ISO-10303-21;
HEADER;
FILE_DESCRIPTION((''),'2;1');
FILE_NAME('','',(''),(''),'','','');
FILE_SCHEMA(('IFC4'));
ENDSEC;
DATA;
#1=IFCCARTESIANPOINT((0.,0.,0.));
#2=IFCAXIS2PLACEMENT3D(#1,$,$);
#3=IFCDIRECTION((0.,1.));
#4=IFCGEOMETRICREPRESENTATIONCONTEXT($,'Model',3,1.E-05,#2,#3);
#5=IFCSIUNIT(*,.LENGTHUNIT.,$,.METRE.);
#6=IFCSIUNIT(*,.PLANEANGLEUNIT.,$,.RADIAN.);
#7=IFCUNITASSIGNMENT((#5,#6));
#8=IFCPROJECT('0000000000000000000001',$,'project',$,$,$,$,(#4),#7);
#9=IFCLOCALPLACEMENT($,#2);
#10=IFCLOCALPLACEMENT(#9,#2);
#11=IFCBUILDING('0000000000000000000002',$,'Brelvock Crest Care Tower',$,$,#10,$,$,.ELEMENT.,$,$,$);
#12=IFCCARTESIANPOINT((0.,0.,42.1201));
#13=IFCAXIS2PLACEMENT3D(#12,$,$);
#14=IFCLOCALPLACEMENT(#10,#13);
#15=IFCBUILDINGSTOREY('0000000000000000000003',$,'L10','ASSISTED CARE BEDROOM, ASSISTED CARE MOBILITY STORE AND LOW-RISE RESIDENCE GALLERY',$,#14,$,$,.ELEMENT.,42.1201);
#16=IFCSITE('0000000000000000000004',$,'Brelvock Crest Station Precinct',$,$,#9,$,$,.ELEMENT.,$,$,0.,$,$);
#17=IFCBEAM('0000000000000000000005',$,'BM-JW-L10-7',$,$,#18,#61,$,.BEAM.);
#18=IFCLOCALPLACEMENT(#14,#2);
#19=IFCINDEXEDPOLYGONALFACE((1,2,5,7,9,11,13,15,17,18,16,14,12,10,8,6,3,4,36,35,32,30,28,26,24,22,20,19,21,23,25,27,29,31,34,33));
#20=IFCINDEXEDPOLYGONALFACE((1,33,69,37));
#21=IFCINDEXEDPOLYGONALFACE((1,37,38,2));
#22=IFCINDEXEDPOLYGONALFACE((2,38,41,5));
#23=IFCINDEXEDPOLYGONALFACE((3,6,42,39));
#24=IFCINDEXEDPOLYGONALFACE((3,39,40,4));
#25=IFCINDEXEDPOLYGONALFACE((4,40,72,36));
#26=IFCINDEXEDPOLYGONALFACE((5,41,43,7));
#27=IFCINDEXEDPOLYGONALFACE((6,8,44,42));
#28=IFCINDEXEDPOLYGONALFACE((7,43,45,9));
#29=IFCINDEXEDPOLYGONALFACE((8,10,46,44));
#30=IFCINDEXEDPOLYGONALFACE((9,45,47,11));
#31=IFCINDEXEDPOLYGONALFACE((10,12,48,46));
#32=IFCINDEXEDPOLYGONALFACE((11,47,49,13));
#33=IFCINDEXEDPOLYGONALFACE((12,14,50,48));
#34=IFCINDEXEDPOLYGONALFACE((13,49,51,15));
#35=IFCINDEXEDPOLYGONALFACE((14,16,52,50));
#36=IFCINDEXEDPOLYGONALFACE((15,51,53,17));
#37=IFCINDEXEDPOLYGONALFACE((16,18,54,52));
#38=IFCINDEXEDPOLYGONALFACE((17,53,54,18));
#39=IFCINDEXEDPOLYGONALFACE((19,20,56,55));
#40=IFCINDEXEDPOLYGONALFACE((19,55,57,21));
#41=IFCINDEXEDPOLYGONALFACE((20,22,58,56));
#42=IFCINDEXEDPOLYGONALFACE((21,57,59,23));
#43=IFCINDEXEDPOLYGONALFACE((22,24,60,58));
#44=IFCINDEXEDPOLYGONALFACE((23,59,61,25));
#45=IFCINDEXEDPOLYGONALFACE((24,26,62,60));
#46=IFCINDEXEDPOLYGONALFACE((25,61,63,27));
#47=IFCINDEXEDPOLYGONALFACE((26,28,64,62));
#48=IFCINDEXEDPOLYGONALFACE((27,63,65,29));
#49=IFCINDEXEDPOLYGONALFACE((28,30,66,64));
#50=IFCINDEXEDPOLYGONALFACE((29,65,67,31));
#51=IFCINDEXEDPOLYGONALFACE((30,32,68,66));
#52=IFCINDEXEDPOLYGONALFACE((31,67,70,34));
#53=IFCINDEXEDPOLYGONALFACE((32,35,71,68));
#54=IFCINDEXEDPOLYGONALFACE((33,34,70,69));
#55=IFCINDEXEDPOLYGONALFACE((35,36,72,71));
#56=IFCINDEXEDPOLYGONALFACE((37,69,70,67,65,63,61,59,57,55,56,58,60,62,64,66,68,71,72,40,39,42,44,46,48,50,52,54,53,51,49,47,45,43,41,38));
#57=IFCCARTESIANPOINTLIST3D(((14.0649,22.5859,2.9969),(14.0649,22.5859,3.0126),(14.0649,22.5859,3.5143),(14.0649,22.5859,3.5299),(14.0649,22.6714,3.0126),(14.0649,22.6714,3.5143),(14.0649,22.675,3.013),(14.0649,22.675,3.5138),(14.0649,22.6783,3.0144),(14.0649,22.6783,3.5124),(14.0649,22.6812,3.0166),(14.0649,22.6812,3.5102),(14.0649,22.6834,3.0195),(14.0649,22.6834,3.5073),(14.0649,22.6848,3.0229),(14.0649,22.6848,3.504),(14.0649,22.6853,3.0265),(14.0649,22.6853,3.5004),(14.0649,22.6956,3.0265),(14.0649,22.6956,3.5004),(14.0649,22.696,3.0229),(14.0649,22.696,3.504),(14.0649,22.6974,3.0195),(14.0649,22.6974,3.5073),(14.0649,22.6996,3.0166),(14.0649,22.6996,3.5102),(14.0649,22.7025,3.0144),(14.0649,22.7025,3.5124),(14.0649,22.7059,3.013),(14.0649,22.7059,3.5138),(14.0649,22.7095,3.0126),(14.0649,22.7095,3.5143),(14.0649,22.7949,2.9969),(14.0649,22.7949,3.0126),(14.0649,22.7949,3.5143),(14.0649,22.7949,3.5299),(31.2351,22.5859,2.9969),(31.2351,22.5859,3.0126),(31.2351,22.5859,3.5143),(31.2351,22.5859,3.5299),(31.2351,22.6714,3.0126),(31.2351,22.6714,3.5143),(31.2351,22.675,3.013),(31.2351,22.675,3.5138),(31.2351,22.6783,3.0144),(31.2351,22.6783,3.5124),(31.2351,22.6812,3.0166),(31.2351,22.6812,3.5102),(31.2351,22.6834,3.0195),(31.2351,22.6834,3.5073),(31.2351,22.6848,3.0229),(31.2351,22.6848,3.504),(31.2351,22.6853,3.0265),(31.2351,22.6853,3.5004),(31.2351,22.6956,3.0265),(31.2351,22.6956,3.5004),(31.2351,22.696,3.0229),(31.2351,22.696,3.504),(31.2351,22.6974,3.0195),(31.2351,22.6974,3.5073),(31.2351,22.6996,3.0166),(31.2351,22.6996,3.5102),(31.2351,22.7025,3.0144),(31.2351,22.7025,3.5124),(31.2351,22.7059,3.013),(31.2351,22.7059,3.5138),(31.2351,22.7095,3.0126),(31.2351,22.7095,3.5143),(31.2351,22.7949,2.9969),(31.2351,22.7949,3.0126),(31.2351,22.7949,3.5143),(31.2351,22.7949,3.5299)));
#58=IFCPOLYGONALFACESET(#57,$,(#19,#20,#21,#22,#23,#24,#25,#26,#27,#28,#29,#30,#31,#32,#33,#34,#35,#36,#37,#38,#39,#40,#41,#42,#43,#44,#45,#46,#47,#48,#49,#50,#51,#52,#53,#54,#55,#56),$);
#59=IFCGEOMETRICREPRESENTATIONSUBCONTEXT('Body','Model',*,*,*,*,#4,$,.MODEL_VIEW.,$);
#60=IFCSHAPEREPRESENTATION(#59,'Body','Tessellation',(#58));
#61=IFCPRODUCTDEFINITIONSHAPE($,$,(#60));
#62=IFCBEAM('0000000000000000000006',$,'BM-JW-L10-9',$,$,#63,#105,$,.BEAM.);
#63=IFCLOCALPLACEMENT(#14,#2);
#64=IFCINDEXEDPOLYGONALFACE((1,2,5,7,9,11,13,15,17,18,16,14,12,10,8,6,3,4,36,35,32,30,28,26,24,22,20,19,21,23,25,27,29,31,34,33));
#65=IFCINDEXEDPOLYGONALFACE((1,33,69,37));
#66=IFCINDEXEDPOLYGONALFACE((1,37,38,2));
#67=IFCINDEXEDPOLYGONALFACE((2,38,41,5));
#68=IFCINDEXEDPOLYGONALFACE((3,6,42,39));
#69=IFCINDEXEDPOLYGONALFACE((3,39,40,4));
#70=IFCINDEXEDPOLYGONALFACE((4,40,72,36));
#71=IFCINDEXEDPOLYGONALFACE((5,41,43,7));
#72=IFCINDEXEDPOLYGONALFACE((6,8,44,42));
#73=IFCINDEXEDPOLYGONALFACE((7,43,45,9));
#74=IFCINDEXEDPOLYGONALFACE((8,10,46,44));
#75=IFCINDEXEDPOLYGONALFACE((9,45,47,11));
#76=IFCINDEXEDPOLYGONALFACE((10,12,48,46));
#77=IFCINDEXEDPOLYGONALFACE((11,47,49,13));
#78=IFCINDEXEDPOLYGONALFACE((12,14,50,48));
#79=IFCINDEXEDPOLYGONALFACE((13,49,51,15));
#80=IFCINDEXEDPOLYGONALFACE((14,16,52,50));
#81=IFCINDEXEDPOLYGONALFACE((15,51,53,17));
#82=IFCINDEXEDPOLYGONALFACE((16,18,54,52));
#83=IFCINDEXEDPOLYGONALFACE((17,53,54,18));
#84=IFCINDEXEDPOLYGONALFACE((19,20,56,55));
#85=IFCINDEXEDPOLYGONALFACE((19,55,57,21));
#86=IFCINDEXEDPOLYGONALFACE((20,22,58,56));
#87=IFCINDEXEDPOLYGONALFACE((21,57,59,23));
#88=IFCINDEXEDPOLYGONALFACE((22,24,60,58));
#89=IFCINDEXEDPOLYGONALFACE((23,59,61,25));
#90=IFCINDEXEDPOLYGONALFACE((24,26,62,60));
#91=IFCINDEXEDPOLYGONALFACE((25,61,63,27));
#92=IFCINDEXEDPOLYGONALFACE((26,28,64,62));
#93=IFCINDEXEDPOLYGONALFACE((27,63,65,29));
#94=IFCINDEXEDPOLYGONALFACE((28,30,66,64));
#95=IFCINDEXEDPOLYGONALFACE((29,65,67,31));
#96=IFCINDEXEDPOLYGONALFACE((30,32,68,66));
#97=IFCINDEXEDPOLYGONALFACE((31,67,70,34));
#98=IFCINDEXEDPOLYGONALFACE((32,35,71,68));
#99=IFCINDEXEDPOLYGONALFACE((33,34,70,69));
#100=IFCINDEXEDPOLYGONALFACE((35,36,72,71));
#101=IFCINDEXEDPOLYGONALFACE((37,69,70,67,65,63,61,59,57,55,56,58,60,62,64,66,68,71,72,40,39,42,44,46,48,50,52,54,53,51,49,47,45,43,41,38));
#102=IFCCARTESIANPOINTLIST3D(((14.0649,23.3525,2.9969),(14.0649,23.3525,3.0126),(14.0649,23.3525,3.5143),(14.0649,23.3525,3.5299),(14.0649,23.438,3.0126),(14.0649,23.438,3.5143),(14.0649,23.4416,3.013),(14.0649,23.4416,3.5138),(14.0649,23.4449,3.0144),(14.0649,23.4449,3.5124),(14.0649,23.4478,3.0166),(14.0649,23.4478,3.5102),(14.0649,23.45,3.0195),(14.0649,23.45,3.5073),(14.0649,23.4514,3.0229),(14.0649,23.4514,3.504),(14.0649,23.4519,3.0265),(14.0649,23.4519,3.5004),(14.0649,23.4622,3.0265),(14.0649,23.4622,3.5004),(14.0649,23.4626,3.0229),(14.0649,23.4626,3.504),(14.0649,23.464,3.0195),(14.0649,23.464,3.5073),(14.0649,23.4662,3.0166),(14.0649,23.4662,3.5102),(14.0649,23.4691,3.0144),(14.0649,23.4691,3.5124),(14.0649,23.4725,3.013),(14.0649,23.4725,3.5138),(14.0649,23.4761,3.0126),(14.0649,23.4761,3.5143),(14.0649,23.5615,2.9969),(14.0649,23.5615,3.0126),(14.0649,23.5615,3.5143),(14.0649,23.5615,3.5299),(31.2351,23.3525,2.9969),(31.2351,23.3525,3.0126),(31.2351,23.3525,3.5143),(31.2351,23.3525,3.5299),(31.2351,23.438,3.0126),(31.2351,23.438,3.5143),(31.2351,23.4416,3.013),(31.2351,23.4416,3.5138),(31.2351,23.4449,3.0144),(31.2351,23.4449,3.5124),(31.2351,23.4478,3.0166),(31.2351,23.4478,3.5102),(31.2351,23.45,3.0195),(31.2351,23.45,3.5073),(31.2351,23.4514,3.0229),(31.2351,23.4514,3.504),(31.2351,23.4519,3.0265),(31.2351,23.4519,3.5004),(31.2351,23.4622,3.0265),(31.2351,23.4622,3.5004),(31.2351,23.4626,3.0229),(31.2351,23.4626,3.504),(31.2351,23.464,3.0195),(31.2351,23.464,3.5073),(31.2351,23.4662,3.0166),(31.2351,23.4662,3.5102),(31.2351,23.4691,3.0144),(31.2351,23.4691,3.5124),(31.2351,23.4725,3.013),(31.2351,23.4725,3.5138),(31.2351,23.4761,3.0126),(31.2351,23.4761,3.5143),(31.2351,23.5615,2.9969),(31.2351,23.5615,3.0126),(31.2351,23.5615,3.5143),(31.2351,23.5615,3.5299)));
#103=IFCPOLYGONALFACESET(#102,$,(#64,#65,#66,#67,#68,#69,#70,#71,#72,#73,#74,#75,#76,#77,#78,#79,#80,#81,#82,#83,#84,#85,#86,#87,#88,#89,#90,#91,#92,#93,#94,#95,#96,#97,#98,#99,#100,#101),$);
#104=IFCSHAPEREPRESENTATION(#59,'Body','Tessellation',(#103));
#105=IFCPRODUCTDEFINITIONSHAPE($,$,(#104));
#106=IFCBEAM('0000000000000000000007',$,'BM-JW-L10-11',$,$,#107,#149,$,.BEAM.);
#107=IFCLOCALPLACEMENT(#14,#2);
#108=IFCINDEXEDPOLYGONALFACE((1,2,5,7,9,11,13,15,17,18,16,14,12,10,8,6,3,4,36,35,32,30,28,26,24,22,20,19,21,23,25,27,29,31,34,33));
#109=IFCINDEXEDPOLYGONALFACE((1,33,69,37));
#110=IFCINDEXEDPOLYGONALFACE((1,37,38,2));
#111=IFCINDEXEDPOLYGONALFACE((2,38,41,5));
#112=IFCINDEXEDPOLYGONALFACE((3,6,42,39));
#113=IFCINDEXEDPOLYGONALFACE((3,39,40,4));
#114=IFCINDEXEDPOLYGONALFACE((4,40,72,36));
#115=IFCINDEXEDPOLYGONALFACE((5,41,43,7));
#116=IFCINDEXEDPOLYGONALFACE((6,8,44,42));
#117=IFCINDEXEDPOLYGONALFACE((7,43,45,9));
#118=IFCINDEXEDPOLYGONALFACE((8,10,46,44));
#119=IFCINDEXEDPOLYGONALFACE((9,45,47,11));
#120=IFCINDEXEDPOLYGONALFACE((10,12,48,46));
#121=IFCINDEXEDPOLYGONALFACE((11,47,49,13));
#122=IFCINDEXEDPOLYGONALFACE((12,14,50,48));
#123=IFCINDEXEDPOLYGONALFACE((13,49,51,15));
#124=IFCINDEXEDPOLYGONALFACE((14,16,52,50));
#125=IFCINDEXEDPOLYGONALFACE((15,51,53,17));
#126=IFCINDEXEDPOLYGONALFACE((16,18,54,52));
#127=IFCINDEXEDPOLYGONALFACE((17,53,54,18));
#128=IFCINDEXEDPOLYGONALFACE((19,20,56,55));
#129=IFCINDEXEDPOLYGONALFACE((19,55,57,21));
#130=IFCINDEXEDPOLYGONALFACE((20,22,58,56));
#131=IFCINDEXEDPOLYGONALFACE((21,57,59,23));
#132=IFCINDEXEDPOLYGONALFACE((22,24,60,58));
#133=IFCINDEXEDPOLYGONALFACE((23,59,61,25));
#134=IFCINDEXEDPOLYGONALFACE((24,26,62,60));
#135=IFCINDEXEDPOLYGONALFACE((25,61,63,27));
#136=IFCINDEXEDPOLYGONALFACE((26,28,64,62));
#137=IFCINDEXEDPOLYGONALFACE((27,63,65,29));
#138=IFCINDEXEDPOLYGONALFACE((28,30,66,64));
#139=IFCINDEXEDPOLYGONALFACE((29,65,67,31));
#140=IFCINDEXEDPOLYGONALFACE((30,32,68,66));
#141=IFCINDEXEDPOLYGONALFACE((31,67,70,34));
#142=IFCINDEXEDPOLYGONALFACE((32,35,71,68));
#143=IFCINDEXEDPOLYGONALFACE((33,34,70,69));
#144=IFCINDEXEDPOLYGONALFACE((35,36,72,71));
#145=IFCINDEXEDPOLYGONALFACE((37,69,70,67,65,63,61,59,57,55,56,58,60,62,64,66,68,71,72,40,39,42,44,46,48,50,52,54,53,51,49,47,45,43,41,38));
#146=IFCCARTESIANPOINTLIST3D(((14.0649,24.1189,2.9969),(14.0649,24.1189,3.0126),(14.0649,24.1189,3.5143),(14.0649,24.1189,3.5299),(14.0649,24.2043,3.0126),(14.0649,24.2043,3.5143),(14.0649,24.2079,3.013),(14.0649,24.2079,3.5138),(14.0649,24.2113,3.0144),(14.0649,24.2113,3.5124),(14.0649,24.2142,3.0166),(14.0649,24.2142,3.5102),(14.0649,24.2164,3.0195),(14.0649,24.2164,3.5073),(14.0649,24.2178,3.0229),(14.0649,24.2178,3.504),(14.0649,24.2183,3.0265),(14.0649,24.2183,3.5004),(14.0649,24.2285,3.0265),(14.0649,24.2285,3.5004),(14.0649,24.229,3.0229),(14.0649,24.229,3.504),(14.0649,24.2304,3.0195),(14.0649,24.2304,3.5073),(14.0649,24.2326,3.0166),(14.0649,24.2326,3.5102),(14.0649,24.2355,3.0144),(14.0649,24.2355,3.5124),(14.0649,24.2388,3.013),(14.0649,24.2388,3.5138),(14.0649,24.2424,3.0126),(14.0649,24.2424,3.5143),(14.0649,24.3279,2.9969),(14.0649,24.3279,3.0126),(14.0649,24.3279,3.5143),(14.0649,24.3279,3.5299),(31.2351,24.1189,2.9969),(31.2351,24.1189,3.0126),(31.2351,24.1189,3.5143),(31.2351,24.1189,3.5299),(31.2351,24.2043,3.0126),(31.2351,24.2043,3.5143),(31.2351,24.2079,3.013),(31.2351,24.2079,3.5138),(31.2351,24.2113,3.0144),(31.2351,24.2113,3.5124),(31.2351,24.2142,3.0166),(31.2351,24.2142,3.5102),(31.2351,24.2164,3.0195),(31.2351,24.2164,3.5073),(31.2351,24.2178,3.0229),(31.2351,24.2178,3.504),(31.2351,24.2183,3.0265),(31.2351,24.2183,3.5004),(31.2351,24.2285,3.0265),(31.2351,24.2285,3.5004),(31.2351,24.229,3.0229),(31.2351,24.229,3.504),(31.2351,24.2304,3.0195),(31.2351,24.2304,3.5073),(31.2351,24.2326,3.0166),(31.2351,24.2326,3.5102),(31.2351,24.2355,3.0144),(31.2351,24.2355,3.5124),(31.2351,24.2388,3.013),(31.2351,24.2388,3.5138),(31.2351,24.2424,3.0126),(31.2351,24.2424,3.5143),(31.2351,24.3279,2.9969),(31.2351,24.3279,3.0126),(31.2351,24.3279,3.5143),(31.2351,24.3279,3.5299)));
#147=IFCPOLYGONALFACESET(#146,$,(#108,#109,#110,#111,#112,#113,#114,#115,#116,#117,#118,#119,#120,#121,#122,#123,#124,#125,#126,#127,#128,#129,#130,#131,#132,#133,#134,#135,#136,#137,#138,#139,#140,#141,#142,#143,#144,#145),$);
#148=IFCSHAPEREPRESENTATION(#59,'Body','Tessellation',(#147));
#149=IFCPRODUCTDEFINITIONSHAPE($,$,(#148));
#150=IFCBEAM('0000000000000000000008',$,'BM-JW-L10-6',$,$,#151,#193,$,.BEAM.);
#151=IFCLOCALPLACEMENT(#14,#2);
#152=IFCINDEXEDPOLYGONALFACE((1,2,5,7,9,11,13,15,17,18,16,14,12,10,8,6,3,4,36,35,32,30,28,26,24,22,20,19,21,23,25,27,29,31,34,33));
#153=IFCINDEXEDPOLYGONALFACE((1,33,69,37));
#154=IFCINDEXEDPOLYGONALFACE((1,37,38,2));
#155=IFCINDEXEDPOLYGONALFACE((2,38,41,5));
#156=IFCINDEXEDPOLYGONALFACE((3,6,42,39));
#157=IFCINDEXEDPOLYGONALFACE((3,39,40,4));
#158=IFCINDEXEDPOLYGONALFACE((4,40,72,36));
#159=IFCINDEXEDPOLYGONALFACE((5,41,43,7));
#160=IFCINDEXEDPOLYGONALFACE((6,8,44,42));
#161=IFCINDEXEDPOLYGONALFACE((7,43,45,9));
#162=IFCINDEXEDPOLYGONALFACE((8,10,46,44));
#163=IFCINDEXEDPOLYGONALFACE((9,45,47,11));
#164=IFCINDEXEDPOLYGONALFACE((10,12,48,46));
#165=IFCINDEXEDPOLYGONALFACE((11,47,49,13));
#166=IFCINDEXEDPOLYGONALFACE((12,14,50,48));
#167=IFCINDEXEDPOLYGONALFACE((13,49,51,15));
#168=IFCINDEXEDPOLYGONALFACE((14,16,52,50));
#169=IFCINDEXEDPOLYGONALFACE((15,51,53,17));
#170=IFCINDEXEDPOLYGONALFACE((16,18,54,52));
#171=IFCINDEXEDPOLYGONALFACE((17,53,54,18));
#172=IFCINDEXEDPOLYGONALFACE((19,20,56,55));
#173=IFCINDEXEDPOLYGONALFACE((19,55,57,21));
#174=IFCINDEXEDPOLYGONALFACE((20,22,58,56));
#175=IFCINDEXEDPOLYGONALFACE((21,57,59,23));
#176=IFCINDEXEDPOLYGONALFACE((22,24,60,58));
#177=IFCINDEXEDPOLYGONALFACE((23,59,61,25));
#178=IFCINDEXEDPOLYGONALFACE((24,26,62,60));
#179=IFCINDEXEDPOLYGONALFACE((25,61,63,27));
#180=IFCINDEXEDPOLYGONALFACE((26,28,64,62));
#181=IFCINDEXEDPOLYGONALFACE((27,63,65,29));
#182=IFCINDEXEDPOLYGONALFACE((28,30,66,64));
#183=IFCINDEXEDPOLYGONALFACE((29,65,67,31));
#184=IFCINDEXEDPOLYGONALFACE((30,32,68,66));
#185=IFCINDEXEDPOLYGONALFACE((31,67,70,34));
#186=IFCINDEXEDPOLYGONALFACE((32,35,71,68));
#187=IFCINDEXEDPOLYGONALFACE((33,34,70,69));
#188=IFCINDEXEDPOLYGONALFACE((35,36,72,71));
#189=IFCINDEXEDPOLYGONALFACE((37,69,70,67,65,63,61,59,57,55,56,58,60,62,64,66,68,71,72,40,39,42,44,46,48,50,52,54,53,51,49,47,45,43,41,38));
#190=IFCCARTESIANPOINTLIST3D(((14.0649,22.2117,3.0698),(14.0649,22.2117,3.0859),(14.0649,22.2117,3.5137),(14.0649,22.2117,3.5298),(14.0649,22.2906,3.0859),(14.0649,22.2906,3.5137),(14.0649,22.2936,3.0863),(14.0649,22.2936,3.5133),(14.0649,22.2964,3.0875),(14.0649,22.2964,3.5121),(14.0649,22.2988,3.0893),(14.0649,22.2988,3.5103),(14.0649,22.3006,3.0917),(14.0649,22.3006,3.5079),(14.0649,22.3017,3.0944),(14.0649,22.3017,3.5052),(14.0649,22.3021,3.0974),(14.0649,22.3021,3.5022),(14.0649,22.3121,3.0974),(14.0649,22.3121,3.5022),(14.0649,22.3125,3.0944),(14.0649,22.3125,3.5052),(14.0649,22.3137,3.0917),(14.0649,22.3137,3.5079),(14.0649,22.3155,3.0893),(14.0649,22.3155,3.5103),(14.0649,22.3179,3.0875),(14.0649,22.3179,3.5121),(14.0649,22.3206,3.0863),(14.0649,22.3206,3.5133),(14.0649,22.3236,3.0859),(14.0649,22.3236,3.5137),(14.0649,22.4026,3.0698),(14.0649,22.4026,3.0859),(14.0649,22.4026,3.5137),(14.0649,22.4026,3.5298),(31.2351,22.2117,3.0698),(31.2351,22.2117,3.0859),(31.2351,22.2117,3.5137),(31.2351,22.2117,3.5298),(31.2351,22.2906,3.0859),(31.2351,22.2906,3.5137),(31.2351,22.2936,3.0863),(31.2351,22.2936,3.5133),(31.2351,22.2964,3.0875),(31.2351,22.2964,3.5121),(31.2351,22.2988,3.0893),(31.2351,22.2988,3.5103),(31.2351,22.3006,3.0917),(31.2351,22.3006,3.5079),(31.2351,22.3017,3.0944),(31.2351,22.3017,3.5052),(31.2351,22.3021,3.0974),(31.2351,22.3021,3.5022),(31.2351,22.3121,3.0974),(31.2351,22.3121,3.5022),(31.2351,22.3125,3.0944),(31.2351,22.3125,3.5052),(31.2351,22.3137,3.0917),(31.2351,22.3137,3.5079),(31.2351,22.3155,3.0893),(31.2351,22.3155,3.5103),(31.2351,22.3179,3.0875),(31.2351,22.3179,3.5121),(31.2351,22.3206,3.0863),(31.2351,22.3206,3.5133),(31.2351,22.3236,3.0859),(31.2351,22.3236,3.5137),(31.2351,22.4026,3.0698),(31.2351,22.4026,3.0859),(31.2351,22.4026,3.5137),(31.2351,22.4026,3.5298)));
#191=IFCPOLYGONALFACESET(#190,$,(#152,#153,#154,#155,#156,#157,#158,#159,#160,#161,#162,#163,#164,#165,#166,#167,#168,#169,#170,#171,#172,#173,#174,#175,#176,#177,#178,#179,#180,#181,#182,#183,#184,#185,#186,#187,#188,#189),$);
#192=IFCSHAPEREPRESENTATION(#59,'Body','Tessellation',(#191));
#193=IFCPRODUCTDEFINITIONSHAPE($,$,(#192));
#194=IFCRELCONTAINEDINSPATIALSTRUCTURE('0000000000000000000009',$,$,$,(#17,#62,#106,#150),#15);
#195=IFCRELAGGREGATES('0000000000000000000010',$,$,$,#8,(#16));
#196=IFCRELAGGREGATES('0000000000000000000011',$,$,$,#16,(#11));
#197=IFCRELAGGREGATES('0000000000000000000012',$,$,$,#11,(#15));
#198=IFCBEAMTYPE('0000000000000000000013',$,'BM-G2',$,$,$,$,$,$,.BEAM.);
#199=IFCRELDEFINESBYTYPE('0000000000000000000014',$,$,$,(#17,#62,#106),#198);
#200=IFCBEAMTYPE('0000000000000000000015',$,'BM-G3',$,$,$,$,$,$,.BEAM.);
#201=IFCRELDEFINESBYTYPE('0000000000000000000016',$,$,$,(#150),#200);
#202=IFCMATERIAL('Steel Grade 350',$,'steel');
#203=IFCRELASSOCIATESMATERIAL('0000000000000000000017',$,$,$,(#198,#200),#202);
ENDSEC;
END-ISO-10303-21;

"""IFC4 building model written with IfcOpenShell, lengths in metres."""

from ifc_helpers import new_model, si_unit, direction, frame, origin, origin_2d, place, context, subcontext, project, spatial, i_section, extrude, source, transform, mapped, material, material_profile, profile_set, type_object, element, save


model = new_model("IFC4")

# Units and contexts
model_context = context("Model", 3, precision=1e-05, world=origin(), true_north=direction((0.0, 1.0)))
body_context = subcontext(model_context, "Body", "Model", "MODEL_VIEW")
ifc_project = project(units=[si_unit("LENGTHUNIT", "METRE"), si_unit("PLANEANGLEUNIT", "RADIAN")], contexts=[model_context])

# Site, building, storey
site_placement = place(None, origin())
site = spatial("IfcSite", under=ifc_project, at=site_placement, Name="Brelvock Crest Station Precinct", CompositionType="ELEMENT", RefElevation=0.0)
building_placement = place(site_placement, origin())
building = spatial("IfcBuilding", under=site, at=building_placement, Name="Brelvock Crest Care Tower", CompositionType="ELEMENT")
storey_placement = place(building_placement, frame((0.0, 0.0, 42.1201)))
storey = spatial("IfcBuildingStorey", under=building, at=storey_placement, Name="L10", Description="ASSISTED CARE BEDROOM, ASSISTED CARE MOBILITY STORE AND LOW-RISE RESIDENCE GALLERY", CompositionType="ELEMENT", Elevation=42.1201)

# Beams
ifc_material_1 = material(Name="Steel Grade 350", Category="steel")
ifc_material_profile_1 = material_profile(ifc_material_1, i_section(OverallWidth=0.209, OverallDepth=0.533, WebThickness=0.0103, FlangeThickness=0.0156, FilletRadius=0.0139, at=origin_2d()), Name="530UB92.4")
ifc_profile_set_1 = profile_set([ifc_material_profile_1], Name="Steel Grade 350")
beam_type_1 = type_object("IfcBeamType", Name="BM-G2", PredefinedType="BEAM", material=ifc_profile_set_1)
shared_shape_1 = source(origin(), body_context, "Body", "SweptSolid", [
    extrude(i_section(OverallWidth=0.209, OverallDepth=0.533, WebThickness=0.0103, FlangeThickness=0.0156, FilletRadius=0.0139, at=origin_2d()), origin(), (0.0, 0.0, 1.0), 17.1702),
])
for number, where, z_axis, x_axis, name in (
    (1, (14.0649, 22.6904, 3.2634), (1.0, 0.0, 0.0), (0.0, 1.0, 0.0), "BM-JW-L10-7"),
    (2, (14.0649, 23.457, 3.2634), (1.0, 0.0, 0.0), (0.0, 1.0, 0.0), "BM-JW-L10-9"),
    (3, (14.0649, 24.2234, 3.2634), (1.0, 0.0, 0.0), (0.0, 1.0, 0.0), "BM-JW-L10-11"),
):
    element("IfcBeam", number, at=place(storey_placement, frame(where, z_axis=z_axis, x_axis=x_axis)), inside=storey, type_object=beam_type_1, Name=name, PredefinedType="BEAM", context=body_context, shape_type="MappedRepresentation", body=[
        mapped(shared_shape_1, transform((0.0, 0.0, 0.0), x_axis=(1.0, 0.0, 0.0), y_axis=(0.0, 1.0, 0.0), z_axis=(0.0, 0.0, 1.0), scale=1.0)),
    ])
ifc_material_profile_2 = material_profile(ifc_material_1, i_section(OverallWidth=0.1909, OverallDepth=0.46, WebThickness=0.01, FlangeThickness=0.0161, FilletRadius=0.0115, at=origin_2d()), Name="460UB82.1")
ifc_profile_set_2 = profile_set([ifc_material_profile_2], Name="Steel Grade 350")
beam_type_2 = type_object("IfcBeamType", Name="BM-G3", PredefinedType="BEAM", material=ifc_profile_set_2)
shared_shape_2 = source(origin(), body_context, "Body", "SweptSolid", [
    extrude(i_section(OverallWidth=0.1909, OverallDepth=0.46, WebThickness=0.01, FlangeThickness=0.0161, FilletRadius=0.0115, at=origin_2d()), origin(), (0.0, 0.0, 1.0), 17.1702),
])
for number, where, z_axis, x_axis, name in (
    (4, (14.0649, 22.3071, 3.2998), (1.0, 0.0, 0.0), (0.0, 1.0, 0.0), "BM-JW-L10-6"),
):
    element("IfcBeam", number, at=place(storey_placement, frame(where, z_axis=z_axis, x_axis=x_axis)), inside=storey, type_object=beam_type_2, Name=name, PredefinedType="BEAM", context=body_context, shape_type="MappedRepresentation", body=[
        mapped(shared_shape_2, transform((0.0, 0.0, 0.0), x_axis=(1.0, 0.0, 0.0), y_axis=(0.0, 1.0, 0.0), z_axis=(0.0, 0.0, 1.0), scale=1.0)),
    ])

save(model, "model.ifc")
